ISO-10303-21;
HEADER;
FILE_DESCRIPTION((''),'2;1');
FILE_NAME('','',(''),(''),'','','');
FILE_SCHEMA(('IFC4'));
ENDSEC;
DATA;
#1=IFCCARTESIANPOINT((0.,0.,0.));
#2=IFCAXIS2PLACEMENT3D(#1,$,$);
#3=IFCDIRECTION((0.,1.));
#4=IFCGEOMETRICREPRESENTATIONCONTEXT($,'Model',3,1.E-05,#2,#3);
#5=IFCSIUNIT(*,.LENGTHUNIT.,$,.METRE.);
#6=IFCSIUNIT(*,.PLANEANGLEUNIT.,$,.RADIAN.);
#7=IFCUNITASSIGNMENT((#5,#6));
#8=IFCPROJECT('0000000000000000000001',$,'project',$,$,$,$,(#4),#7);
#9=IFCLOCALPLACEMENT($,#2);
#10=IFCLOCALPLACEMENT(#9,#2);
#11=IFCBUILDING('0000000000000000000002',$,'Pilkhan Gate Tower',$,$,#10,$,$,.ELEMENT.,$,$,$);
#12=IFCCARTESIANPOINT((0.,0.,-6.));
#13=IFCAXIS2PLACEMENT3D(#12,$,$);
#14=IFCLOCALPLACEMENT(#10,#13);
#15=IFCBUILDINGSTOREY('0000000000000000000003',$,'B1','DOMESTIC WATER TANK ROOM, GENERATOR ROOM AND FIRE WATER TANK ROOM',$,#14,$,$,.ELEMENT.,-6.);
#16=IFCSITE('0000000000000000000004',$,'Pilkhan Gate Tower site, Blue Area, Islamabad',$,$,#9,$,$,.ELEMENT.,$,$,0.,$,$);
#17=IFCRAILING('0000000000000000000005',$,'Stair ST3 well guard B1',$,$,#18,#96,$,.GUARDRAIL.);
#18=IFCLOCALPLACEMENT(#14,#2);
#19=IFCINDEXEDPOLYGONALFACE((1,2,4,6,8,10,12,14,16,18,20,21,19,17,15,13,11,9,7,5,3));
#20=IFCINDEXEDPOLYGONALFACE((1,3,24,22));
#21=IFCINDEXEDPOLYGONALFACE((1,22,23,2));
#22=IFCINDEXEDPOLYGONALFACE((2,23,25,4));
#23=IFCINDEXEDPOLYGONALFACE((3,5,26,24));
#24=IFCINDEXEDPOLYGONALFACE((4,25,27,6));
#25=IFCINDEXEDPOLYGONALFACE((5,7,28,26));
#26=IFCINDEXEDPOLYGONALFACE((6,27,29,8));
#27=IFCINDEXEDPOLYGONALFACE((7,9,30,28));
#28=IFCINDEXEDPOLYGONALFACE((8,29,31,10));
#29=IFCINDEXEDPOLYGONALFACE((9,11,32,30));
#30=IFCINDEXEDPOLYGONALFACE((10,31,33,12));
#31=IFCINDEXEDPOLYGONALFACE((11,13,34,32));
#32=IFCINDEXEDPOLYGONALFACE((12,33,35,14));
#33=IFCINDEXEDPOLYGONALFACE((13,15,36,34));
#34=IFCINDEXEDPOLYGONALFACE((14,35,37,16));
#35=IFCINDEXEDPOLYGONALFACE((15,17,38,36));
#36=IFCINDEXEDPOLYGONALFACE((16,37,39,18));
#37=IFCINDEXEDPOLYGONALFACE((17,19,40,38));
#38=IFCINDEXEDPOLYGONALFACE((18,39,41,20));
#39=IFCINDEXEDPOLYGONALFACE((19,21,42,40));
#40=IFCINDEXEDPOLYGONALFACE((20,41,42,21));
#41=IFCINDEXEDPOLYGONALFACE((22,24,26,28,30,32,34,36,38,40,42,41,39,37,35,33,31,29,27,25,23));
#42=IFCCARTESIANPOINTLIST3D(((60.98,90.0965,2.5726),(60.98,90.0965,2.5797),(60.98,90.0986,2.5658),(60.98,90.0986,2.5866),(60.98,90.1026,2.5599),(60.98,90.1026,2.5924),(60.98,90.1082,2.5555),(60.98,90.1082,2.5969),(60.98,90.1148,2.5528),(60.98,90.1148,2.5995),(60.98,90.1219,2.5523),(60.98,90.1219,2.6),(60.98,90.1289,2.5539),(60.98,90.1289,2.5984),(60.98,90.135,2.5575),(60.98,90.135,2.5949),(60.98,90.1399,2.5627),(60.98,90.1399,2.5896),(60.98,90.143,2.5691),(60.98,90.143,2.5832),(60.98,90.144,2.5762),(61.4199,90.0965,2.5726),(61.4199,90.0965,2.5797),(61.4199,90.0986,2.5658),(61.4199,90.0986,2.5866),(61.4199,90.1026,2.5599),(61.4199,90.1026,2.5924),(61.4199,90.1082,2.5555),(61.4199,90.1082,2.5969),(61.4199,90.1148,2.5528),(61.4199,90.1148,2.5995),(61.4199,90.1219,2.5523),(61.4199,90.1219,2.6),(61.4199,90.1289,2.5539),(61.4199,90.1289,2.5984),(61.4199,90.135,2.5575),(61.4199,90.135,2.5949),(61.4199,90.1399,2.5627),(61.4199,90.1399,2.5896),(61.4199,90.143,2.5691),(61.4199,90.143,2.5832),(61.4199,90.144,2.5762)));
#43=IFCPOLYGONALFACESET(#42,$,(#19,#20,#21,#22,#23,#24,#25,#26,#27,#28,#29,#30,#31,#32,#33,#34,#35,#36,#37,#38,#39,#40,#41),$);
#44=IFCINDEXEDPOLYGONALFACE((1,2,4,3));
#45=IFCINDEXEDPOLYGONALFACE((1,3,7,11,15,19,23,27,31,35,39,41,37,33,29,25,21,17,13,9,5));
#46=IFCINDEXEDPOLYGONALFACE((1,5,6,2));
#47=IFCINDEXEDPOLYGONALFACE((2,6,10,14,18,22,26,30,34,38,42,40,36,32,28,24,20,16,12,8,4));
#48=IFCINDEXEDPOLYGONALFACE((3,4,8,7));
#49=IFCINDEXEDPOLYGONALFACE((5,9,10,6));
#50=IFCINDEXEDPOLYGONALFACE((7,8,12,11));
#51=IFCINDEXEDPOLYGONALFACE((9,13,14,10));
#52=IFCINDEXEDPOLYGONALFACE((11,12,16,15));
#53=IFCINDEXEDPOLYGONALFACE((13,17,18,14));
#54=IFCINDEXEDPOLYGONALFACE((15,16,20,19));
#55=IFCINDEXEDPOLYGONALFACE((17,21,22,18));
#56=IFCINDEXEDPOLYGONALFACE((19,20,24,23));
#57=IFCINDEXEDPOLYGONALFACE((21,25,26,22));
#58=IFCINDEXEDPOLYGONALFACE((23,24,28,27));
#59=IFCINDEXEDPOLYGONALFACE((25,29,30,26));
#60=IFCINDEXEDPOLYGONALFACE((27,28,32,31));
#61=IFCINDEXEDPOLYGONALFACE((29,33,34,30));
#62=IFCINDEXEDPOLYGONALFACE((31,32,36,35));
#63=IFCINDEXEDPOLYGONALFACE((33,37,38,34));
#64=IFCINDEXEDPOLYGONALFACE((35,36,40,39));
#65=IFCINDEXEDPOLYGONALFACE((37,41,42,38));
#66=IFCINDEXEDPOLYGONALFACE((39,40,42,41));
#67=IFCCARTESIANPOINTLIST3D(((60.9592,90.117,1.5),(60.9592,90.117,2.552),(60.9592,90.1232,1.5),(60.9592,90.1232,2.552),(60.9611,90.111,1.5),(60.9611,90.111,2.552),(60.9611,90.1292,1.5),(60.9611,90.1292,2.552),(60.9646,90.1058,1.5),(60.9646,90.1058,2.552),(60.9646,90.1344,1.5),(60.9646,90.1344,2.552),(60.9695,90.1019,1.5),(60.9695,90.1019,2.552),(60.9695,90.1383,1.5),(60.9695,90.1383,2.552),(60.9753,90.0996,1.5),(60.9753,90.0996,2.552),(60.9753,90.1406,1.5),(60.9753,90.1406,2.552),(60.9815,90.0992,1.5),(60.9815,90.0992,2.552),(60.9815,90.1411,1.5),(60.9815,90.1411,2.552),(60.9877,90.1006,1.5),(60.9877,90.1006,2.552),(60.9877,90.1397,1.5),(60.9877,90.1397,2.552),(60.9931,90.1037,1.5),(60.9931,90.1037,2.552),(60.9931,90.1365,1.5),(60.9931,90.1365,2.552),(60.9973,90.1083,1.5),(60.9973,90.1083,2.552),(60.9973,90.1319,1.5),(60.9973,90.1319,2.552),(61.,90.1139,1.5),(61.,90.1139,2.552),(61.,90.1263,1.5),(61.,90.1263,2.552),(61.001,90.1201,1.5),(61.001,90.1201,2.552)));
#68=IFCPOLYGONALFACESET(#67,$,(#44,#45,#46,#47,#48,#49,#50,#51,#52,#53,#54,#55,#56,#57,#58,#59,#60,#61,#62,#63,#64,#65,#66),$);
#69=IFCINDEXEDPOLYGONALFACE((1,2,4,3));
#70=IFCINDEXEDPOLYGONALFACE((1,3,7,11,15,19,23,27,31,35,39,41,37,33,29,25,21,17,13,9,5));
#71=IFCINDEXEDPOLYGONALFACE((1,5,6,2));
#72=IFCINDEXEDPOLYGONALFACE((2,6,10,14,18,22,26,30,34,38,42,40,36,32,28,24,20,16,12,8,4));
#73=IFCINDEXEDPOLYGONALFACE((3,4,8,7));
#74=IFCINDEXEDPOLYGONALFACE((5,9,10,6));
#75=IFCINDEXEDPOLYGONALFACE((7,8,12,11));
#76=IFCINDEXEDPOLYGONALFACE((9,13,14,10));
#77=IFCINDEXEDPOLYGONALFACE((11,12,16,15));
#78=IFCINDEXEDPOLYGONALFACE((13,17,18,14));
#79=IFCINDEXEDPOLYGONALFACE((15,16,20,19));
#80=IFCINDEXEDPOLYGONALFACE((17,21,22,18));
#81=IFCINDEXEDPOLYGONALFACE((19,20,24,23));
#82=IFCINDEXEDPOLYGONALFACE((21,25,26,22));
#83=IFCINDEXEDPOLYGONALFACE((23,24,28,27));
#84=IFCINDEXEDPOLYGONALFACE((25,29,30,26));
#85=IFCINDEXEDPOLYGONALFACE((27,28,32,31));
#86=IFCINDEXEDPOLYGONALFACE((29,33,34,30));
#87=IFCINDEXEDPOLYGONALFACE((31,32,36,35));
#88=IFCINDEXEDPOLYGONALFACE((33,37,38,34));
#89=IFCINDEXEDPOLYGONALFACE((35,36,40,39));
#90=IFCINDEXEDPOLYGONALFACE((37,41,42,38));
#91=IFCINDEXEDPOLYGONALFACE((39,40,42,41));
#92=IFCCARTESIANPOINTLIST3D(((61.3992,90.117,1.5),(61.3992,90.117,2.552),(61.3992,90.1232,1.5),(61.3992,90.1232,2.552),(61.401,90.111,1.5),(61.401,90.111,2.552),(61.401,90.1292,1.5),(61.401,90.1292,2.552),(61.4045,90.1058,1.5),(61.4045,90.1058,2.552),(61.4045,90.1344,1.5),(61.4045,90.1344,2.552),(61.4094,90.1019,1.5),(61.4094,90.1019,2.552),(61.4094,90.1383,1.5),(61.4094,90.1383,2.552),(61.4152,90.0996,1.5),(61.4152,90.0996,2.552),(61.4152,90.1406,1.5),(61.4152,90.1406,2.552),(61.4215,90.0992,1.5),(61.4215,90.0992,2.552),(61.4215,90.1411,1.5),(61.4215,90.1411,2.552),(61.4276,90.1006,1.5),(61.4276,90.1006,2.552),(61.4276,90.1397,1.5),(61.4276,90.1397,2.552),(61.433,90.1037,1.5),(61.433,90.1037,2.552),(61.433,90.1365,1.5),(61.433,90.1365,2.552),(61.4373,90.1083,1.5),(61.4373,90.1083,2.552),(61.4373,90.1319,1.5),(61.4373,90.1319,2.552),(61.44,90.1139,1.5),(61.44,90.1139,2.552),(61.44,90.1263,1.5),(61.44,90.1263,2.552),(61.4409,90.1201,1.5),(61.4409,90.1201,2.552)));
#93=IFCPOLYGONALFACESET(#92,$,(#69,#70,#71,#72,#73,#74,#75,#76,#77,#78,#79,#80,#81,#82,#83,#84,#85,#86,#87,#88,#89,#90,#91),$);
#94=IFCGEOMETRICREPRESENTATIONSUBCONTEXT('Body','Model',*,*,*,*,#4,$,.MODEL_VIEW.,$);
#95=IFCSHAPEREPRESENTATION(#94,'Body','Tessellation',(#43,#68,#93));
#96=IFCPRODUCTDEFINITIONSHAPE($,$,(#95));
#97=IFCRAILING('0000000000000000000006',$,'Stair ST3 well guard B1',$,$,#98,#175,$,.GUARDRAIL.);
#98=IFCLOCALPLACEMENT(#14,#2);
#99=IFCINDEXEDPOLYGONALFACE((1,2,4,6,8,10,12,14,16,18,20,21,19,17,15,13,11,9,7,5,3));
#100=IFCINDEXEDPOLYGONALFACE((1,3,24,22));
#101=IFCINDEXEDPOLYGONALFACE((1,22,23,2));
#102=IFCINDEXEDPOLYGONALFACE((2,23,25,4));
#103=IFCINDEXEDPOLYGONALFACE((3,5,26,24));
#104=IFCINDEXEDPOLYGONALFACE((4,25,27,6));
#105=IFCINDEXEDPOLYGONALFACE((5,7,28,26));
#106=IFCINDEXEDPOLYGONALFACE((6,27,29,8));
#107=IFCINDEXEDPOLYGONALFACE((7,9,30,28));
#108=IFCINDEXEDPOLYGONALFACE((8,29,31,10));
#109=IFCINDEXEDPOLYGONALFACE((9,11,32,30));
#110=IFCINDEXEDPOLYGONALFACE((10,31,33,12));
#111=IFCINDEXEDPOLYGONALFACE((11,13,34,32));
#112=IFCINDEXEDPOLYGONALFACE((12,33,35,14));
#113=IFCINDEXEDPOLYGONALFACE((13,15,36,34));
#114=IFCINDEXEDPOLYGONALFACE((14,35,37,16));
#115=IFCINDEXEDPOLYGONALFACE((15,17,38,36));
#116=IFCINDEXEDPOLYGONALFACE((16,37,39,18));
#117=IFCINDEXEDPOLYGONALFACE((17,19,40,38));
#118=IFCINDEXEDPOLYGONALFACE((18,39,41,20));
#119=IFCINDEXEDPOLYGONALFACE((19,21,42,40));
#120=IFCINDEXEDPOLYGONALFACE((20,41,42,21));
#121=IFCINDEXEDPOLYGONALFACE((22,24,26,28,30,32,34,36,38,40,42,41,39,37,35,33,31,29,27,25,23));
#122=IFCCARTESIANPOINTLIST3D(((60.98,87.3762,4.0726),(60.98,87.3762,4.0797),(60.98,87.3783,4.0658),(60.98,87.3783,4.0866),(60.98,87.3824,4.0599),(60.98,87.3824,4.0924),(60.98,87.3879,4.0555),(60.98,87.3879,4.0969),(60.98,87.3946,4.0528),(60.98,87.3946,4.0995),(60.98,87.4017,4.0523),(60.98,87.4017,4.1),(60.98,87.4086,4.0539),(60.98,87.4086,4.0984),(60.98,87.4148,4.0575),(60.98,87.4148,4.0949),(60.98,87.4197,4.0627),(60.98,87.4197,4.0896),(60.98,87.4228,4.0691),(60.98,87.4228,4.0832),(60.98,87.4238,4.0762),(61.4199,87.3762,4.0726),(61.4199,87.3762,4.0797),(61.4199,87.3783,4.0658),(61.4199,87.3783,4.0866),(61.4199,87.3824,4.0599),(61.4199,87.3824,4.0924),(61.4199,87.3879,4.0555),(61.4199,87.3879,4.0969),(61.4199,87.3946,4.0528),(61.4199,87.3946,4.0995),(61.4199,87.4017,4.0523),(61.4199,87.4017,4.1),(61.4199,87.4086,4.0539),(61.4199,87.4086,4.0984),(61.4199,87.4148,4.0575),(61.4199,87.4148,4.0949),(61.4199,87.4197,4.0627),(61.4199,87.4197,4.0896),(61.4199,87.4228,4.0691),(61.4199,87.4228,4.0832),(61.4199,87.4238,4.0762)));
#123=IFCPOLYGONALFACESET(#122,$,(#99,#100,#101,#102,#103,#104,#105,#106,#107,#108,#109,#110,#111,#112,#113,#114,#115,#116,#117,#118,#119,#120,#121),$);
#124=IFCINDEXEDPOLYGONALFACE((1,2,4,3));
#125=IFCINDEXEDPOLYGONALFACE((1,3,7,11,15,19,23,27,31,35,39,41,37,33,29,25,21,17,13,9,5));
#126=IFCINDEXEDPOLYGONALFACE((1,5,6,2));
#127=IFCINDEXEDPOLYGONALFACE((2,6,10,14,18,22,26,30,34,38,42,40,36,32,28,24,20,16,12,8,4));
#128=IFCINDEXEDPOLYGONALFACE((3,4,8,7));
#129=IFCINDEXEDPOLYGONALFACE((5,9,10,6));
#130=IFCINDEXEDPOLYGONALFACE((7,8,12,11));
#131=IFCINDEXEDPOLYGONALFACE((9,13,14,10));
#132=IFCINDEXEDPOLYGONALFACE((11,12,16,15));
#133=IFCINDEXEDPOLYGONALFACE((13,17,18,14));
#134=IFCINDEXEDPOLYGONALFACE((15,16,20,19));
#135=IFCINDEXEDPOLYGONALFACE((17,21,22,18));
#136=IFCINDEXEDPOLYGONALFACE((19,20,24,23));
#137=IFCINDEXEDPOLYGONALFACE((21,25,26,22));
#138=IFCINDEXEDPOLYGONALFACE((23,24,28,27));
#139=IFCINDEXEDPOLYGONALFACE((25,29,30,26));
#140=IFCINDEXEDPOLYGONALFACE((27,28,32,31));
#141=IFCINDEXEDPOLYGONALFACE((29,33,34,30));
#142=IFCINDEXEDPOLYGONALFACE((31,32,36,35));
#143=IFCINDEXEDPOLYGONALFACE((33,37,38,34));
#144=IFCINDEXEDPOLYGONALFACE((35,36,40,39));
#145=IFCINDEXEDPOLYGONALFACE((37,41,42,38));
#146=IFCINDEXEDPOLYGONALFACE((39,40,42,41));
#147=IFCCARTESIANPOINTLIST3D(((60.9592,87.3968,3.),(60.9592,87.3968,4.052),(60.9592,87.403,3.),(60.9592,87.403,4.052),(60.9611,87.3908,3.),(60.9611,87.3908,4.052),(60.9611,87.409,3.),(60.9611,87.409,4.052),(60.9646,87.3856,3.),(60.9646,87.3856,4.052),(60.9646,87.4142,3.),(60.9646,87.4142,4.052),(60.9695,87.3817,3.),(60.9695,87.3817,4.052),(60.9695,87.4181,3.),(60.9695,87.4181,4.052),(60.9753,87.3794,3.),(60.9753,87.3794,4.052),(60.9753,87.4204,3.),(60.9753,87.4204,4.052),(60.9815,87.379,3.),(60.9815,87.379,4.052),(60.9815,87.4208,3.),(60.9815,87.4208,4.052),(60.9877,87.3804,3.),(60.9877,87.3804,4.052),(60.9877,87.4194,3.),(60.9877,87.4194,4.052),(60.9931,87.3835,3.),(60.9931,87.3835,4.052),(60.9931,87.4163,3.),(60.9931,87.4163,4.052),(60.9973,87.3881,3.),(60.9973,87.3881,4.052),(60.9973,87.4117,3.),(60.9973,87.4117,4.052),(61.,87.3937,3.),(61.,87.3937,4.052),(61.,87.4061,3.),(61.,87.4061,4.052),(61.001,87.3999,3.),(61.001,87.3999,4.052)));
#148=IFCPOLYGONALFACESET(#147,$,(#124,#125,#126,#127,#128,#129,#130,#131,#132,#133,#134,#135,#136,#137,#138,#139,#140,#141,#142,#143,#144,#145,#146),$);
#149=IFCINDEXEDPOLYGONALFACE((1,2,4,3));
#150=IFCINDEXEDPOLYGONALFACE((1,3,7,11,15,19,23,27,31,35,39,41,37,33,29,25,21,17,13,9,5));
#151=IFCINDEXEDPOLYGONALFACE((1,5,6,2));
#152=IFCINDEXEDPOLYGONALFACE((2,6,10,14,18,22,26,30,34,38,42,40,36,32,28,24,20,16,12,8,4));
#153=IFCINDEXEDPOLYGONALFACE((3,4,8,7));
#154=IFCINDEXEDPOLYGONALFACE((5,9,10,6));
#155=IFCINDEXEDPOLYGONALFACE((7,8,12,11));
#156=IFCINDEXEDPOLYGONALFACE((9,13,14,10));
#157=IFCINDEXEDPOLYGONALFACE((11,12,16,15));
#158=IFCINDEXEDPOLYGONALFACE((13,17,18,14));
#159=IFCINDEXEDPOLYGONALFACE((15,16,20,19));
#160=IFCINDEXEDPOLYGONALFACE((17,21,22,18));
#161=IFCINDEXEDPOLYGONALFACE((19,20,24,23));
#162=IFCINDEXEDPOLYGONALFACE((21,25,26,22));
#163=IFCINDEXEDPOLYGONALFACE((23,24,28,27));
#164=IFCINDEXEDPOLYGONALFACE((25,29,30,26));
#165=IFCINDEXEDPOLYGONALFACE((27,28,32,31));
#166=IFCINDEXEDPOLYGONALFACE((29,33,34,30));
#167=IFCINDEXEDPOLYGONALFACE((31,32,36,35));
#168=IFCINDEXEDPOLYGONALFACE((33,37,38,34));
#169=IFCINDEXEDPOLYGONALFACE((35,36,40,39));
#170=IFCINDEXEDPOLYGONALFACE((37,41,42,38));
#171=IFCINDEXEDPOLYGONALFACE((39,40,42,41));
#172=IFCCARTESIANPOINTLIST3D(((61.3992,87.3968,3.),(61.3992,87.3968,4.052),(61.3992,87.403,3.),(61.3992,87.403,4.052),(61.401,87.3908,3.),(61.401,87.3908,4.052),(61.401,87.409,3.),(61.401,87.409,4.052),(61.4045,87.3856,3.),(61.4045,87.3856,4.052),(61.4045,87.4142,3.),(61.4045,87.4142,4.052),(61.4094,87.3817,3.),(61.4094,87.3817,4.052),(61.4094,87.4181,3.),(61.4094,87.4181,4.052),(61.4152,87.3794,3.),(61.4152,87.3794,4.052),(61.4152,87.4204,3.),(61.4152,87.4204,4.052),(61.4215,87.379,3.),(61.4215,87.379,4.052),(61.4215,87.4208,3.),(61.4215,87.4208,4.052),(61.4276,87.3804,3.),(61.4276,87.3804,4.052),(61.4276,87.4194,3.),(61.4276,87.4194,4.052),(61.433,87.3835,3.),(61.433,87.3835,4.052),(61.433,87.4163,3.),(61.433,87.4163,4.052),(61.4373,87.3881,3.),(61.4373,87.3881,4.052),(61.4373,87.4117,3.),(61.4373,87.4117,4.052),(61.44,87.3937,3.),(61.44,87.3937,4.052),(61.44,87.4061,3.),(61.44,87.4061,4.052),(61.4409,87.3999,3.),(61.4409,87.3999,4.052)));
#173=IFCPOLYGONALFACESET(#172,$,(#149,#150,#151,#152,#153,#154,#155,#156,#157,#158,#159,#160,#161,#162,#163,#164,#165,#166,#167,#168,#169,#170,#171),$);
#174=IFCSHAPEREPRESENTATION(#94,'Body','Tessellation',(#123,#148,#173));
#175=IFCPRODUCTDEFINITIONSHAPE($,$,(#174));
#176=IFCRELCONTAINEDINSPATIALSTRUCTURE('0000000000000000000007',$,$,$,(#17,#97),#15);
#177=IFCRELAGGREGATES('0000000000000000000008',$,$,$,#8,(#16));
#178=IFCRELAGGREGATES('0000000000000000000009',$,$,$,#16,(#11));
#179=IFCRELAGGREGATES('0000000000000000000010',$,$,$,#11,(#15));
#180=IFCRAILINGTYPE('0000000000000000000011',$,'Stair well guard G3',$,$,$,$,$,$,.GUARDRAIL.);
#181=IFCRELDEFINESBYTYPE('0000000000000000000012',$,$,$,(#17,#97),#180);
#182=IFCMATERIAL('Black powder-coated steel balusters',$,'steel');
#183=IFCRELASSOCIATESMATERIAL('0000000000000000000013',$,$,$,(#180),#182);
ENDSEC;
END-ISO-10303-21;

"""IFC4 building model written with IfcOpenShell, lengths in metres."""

from ifc_helpers import new_model, si_unit, direction, frame, origin, origin_2d, place, context, subcontext, project, spatial, circle, extrude, material, type_object, element, save


model = new_model("IFC4")

# Units and contexts
model_context = context("Model", 3, precision=1e-05, world=origin(), true_north=direction((0.0, 1.0)))
body_context = subcontext(model_context, "Body", "Model", "MODEL_VIEW")
ifc_project = project(units=[si_unit("LENGTHUNIT", "METRE"), si_unit("PLANEANGLEUNIT", "RADIAN")], contexts=[model_context])

# Site, building, storey
site_placement = place(None, origin())
site = spatial("IfcSite", under=ifc_project, at=site_placement, Name="Pilkhan Gate Tower site, Blue Area, Islamabad", CompositionType="ELEMENT", RefElevation=0.0)
building_placement = place(site_placement, origin())
building = spatial("IfcBuilding", under=site, at=building_placement, Name="Pilkhan Gate Tower", CompositionType="ELEMENT")
storey_placement = place(building_placement, frame((0.0, 0.0, -6.0)))
storey = spatial("IfcBuildingStorey", under=building, at=storey_placement, Name="B1", Description="DOMESTIC WATER TANK ROOM, GENERATOR ROOM AND FIRE WATER TANK ROOM", CompositionType="ELEMENT", Elevation=-6.0)

# Railings
ifc_material_1 = material(Name="Black powder-coated steel balusters", Category="steel")
railing_type_1 = type_object("IfcRailingType", Name="Stair well guard G3", PredefinedType="GUARDRAIL", material=ifc_material_1)
for number, where, name in (
    (1, (60.98, 90.1201, 1.5), "Stair ST3 well guard B1"),
    (2, (60.98, 87.3999, 3.0), "Stair ST3 well guard B1"),
):
    element("IfcRailing", number, at=place(storey_placement, frame(where)), inside=storey, type_object=railing_type_1, Name=name, PredefinedType="GUARDRAIL", context=body_context, shape_type="SweptSolid", body=[
        extrude(circle(Radius=0.0239, at=origin_2d()), frame((0.0, 0.0, 1.0762), z_axis=(1.0, 0.0, 0.0), x_axis=(0.0, 1.0, 0.0)), (0.0, 0.0, 1.0), 0.4399),
        extrude(circle(Radius=0.021, at=origin_2d()), origin(), (0.0, 0.0, 1.0), 1.052),
        extrude(circle(Radius=0.021, at=origin_2d()), frame((0.4399, 0.0, 0.0)), (0.0, 0.0, 1.0), 1.052),
    ])

save(model, "model.ifc")
